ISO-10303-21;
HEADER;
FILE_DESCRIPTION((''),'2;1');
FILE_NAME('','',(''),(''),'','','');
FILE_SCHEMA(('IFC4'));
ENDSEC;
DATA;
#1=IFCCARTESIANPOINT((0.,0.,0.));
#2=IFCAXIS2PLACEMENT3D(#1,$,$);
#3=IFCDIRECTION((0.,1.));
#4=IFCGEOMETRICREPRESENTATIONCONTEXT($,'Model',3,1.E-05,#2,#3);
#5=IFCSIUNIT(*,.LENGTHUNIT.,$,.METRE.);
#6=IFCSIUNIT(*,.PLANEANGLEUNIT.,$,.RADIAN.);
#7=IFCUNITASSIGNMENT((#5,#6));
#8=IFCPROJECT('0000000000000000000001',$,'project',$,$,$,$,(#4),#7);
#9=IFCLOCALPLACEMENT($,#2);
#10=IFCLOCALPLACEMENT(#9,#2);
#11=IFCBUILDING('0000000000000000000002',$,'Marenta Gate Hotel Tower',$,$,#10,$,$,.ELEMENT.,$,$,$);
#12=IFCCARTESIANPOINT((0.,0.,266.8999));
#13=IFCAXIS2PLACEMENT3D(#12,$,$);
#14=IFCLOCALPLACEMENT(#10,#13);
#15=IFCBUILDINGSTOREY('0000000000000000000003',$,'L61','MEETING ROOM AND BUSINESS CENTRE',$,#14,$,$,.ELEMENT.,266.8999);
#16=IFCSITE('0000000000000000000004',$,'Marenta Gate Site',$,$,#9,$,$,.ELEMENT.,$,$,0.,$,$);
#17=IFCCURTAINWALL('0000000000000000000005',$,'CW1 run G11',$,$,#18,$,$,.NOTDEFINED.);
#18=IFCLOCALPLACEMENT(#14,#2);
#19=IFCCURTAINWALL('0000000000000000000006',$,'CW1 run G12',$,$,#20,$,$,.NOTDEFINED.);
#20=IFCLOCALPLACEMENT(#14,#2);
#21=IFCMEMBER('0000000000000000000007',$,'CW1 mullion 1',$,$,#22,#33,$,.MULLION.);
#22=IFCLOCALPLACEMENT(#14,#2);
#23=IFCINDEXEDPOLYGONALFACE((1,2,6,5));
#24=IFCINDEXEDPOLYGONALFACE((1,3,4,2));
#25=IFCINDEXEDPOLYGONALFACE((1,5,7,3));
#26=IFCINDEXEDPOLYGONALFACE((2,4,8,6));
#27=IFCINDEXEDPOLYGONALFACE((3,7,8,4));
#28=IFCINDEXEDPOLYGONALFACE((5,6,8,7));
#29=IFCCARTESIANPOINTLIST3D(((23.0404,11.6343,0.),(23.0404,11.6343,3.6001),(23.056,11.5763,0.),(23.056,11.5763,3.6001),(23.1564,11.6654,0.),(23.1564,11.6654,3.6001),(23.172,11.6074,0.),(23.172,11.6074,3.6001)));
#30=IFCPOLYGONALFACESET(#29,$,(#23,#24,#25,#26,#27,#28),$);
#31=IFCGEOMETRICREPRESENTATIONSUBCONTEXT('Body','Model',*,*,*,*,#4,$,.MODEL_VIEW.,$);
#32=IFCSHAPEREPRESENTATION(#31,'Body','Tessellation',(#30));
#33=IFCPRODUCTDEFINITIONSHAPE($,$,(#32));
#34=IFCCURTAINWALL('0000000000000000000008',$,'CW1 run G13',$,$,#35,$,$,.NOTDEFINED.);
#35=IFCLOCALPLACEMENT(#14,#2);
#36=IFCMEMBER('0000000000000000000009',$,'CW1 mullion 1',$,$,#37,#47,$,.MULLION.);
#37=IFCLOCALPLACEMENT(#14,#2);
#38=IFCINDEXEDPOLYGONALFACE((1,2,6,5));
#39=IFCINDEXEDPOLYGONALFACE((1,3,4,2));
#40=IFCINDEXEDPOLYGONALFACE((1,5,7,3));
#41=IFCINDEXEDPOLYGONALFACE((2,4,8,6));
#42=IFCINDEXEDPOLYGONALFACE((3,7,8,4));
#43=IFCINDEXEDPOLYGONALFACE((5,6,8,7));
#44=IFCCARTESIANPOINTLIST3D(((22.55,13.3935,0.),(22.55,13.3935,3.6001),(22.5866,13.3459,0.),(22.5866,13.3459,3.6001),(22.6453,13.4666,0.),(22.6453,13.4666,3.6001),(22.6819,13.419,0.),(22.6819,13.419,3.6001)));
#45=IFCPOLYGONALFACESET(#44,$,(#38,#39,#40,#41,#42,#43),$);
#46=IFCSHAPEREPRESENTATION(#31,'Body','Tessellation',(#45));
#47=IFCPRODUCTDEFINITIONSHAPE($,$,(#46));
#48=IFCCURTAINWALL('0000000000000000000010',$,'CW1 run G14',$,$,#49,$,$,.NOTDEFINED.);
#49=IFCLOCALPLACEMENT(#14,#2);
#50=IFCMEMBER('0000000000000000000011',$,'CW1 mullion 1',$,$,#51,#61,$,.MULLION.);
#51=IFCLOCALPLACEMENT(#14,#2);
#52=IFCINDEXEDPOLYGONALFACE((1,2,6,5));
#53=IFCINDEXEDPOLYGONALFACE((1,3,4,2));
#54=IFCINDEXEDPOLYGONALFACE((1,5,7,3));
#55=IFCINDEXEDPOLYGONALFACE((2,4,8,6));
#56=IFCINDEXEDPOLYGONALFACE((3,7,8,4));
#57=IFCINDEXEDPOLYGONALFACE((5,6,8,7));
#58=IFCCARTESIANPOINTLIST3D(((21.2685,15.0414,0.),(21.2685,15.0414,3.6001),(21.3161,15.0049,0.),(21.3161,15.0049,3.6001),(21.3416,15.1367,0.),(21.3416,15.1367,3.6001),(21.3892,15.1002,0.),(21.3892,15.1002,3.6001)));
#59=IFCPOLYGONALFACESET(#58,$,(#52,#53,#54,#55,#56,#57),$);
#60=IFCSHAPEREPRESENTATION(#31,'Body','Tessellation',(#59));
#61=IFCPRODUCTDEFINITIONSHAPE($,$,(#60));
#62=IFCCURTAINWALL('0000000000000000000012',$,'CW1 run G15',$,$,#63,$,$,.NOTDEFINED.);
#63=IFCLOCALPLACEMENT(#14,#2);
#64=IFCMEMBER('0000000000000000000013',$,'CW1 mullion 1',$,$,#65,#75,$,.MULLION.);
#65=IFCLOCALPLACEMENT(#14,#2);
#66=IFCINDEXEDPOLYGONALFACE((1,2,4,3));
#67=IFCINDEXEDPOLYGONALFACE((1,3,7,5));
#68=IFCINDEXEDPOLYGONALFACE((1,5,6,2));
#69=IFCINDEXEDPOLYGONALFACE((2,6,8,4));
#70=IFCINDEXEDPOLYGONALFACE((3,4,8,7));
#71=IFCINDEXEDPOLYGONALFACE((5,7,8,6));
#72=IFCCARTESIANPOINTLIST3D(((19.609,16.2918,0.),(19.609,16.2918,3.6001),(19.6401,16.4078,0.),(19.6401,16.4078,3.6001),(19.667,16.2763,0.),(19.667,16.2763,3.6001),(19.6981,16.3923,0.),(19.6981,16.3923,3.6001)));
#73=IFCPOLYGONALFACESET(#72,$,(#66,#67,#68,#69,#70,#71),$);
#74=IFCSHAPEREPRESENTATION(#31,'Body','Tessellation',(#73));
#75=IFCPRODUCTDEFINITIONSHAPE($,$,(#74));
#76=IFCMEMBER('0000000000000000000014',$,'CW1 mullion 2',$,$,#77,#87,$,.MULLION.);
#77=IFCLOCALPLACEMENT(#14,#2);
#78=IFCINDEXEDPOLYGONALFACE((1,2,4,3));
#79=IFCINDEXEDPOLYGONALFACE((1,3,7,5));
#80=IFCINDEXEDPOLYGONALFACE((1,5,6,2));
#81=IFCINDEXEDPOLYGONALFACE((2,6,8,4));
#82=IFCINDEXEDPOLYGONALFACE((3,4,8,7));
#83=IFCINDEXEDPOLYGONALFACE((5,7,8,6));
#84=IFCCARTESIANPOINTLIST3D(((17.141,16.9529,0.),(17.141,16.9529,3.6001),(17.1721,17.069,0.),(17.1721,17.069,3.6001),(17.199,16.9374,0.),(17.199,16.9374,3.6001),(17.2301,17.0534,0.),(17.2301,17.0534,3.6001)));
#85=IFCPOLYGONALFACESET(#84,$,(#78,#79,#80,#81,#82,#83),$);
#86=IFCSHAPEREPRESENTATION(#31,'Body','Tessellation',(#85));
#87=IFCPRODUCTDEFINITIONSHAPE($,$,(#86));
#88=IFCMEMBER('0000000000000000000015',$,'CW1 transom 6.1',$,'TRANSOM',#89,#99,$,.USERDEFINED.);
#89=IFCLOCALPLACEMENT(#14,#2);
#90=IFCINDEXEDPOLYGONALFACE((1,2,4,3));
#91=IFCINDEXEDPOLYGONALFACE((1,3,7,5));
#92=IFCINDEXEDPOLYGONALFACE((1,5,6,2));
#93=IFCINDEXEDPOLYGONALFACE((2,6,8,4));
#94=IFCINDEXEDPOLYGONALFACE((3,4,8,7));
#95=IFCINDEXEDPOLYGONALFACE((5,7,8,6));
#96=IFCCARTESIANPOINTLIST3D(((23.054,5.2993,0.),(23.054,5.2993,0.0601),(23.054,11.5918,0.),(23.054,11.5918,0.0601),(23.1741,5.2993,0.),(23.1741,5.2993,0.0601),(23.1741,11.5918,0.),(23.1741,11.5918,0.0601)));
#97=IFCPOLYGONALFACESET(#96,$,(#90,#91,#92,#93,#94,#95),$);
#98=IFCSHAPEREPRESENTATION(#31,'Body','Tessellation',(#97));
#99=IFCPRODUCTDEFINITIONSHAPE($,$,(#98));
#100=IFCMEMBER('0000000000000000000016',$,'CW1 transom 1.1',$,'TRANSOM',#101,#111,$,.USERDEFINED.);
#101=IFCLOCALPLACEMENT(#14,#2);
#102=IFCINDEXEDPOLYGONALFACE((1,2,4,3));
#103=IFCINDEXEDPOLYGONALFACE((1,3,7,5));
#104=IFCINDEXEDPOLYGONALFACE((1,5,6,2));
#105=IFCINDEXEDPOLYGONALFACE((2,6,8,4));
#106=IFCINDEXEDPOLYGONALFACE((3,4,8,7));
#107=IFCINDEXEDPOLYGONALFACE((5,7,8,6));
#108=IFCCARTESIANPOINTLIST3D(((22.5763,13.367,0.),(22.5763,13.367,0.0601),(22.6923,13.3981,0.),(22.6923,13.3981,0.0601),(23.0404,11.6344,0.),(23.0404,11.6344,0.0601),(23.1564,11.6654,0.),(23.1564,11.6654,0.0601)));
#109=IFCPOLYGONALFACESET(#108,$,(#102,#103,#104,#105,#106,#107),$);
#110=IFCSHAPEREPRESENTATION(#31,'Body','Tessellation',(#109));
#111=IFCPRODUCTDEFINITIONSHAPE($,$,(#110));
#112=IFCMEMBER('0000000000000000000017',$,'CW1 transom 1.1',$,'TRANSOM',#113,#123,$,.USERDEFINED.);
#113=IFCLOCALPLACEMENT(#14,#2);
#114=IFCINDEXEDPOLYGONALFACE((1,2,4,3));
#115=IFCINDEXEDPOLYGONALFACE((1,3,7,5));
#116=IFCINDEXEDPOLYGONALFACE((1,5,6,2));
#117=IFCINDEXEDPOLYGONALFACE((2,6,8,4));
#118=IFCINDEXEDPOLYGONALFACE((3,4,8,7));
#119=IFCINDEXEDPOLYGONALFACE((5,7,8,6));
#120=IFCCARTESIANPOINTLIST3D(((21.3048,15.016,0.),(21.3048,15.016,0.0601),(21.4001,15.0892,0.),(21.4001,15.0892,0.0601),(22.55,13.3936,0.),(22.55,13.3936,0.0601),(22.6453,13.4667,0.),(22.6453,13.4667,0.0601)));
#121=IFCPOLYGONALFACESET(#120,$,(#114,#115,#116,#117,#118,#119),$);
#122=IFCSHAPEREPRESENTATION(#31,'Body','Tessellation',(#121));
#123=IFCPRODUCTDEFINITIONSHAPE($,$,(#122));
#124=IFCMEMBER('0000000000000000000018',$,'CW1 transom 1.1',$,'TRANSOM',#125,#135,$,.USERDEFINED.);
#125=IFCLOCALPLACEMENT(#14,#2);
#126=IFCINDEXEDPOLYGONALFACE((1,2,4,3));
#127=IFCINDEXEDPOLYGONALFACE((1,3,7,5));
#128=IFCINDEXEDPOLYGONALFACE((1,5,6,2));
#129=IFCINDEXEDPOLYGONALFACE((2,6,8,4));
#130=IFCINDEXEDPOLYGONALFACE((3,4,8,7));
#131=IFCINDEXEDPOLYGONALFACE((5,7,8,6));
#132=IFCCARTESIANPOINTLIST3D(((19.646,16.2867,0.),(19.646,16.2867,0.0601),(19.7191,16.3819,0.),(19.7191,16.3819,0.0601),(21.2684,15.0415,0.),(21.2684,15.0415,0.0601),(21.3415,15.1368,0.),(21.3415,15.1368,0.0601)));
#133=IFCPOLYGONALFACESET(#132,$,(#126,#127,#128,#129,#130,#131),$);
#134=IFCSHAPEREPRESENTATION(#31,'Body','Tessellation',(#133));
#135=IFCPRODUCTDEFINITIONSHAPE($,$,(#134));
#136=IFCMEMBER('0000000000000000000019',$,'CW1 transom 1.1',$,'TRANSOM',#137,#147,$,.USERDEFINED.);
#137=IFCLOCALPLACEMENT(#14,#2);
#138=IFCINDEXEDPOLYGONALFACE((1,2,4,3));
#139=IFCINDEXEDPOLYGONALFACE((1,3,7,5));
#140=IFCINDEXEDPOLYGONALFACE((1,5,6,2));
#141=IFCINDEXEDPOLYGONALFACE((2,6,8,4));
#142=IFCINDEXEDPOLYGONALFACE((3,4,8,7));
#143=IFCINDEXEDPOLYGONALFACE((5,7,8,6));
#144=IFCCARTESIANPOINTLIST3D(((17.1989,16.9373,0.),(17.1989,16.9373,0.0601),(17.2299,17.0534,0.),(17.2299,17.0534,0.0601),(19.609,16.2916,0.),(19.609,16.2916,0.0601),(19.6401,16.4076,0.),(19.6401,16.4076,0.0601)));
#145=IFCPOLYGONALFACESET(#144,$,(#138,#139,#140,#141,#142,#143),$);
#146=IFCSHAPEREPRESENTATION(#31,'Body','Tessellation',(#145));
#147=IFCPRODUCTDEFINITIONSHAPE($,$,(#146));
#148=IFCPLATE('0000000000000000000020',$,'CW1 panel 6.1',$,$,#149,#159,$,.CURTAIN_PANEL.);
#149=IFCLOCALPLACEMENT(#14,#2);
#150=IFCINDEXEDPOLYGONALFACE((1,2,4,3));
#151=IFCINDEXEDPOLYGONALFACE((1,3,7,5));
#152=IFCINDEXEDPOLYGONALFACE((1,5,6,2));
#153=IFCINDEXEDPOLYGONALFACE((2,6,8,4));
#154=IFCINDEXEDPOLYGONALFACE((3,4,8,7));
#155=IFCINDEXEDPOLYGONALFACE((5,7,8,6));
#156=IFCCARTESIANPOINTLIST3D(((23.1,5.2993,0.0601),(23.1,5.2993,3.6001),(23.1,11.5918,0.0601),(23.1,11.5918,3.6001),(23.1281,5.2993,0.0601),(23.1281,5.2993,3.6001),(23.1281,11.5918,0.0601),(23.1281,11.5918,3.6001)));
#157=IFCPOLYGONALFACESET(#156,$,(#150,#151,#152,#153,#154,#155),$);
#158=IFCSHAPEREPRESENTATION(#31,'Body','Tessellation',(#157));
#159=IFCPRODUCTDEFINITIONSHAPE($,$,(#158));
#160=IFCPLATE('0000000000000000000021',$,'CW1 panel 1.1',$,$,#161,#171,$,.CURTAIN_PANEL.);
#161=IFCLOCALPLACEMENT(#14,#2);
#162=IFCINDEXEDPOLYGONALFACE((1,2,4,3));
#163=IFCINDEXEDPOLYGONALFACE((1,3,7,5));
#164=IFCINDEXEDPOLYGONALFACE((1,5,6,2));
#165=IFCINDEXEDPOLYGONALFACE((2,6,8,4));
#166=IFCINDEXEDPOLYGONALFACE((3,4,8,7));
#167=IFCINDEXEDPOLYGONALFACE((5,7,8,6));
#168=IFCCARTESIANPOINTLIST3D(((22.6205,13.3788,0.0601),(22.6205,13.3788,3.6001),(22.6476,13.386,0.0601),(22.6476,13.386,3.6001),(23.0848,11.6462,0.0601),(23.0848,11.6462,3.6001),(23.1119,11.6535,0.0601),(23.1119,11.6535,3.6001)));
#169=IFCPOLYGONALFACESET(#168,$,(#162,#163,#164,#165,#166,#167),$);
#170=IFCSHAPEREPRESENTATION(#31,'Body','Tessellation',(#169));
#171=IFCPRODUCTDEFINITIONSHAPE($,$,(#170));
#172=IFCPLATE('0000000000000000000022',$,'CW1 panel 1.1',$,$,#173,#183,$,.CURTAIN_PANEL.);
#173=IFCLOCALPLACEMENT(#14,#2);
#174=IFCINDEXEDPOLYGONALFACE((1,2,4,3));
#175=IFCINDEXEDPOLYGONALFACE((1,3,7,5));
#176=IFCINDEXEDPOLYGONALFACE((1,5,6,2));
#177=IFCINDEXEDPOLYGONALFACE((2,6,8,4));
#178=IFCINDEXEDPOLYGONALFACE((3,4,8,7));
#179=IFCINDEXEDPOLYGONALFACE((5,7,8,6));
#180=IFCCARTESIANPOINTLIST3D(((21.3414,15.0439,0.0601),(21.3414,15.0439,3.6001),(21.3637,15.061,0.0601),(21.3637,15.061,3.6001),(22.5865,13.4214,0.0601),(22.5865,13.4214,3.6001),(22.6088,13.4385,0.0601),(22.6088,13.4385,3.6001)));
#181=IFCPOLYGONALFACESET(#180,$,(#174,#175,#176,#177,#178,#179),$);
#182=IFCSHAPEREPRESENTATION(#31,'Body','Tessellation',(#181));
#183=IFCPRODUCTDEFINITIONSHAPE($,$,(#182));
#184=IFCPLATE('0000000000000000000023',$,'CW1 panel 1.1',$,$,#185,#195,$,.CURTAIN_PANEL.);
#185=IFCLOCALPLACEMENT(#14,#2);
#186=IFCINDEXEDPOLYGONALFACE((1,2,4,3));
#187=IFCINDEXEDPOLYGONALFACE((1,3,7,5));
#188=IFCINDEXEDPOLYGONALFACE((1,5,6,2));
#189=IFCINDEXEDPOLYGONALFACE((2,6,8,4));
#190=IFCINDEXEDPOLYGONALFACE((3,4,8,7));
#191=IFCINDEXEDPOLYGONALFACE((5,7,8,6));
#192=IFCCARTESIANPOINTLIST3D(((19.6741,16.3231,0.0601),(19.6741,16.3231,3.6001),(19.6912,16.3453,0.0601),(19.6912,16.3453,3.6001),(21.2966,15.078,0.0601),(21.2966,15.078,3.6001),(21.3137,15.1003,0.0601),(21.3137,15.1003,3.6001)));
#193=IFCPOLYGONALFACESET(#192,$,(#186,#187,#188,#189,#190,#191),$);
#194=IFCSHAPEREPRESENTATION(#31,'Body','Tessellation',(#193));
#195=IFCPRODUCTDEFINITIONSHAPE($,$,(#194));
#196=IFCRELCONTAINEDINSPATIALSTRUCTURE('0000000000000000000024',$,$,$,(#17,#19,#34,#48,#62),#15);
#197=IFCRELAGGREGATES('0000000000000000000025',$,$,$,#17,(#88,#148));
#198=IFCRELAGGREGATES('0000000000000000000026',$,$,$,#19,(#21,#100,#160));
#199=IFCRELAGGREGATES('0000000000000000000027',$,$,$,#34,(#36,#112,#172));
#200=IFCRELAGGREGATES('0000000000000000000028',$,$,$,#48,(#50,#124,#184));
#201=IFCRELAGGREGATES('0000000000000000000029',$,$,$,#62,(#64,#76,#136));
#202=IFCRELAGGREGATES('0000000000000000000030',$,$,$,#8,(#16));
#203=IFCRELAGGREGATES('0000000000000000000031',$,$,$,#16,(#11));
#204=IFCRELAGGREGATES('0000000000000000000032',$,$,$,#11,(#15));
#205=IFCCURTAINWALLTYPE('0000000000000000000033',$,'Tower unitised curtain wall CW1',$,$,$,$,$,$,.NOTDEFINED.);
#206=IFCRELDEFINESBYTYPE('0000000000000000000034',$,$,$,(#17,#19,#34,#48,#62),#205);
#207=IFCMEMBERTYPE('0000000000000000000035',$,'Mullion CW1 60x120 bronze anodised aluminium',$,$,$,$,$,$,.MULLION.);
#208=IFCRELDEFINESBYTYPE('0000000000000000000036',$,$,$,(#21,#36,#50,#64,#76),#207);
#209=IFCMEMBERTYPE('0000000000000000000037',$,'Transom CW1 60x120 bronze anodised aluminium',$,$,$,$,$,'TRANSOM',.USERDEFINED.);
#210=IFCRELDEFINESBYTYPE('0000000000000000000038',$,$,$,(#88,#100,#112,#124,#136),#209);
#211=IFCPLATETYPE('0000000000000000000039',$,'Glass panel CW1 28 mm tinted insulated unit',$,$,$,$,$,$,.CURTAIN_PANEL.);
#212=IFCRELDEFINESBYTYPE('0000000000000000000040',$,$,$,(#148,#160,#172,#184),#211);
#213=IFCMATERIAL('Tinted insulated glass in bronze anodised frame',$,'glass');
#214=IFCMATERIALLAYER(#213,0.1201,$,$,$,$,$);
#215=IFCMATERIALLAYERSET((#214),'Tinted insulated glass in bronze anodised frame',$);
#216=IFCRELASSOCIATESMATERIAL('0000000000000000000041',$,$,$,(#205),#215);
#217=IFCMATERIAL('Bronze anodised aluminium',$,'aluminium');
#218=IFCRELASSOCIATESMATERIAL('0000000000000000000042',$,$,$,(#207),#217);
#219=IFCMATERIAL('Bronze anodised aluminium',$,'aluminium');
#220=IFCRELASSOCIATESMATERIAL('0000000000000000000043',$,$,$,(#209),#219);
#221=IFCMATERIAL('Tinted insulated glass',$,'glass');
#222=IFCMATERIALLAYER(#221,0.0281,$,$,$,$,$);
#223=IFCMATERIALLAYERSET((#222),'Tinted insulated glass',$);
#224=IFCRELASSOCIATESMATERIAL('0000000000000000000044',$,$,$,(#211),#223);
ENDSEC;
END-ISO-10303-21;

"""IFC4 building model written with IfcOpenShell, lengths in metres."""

from ifc_helpers import new_model, si_unit, direction, frame, origin, origin_2d, place, context, subcontext, project, spatial, rectangle, extrude, material, layer, layer_set, material_profile, profile_set, type_object, element, aggregate, save


model = new_model("IFC4")

# Units and contexts
model_context = context("Model", 3, precision=1e-05, world=origin(), true_north=direction((0.0, 1.0)))
body_context = subcontext(model_context, "Body", "Model", "MODEL_VIEW")
ifc_project = project(units=[si_unit("LENGTHUNIT", "METRE"), si_unit("PLANEANGLEUNIT", "RADIAN")], contexts=[model_context])

# Site, building, storey
site_placement = place(None, origin())
site = spatial("IfcSite", under=ifc_project, at=site_placement, Name="Marenta Gate Site", CompositionType="ELEMENT", RefElevation=0.0)
building_placement = place(site_placement, origin())
building = spatial("IfcBuilding", under=site, at=building_placement, Name="Marenta Gate Hotel Tower", CompositionType="ELEMENT")
storey_placement = place(building_placement, frame((0.0, 0.0, 266.8999)))
storey = spatial("IfcBuildingStorey", under=building, at=storey_placement, Name="L61", Description="MEETING ROOM AND BUSINESS CENTRE", CompositionType="ELEMENT", Elevation=266.8999)

# Curtain walls, members
ifc_material_1 = material(Name="Tinted insulated glass in bronze anodised frame", Category="glass")
ifc_layer_1 = layer(ifc_material_1, 0.1201)
ifc_layer_set_1 = layer_set([ifc_layer_1], Name="Tinted insulated glass in bronze anodised frame")
curtain_wall_type = type_object("IfcCurtainWallType", Name="Tower unitised curtain wall CW1", PredefinedType="NOTDEFINED", material=ifc_layer_set_1)
curtain_wall_1_placement = place(storey_placement, origin())
curtain_wall_1 = element("IfcCurtainWall", 1, at=curtain_wall_1_placement, inside=storey, type_object=curtain_wall_type, Name="CW1 run G11", PredefinedType="NOTDEFINED")
ifc_material_2 = material(Name="Bronze anodised aluminium", Category="aluminium")
ifc_material_profile_1 = material_profile(ifc_material_2, rectangle(XDim=0.1201, YDim=0.0601, at=origin_2d()), Name="Mullion CW1 60x120 bronze anodised aluminium")
ifc_profile_set_1 = profile_set([ifc_material_profile_1], Name="Bronze anodised aluminium")
member_type_1 = type_object("IfcMemberType", Name="Mullion CW1 60x120 bronze anodised aluminium", PredefinedType="MULLION", material=ifc_profile_set_1)
curtain_wall_2_placement = place(storey_placement, origin())
curtain_wall_2 = element("IfcCurtainWall", 2, at=curtain_wall_2_placement, inside=storey, type_object=curtain_wall_type, Name="CW1 run G12", PredefinedType="NOTDEFINED")
member_1_placement = place(storey_placement, frame((23.1062, 11.6208, 0.0), z_axis=(0.0, 0.0, 1.0), x_axis=(-0.965924, -0.258824, 0.0)))
member_1 = element("IfcMember", 3, at=member_1_placement, type_object=member_type_1, Name="CW1 mullion 1", PredefinedType="MULLION", context=body_context, shape_type="SweptSolid", body=[
    extrude(rectangle(XDim=0.1201, YDim=0.0601, at=origin_2d()), origin(), (0.0, 0.0, 1.0), 3.6001),
])
curtain_wall_3_placement = place(storey_placement, origin())
curtain_wall_3 = element("IfcCurtainWall", 4, at=curtain_wall_3_placement, inside=storey, type_object=curtain_wall_type, Name="CW1 run G13", PredefinedType="NOTDEFINED")
member_2_placement = place(storey_placement, frame((22.616, 13.4062, 0.0), z_axis=(0.0, 0.0, 1.0), x_axis=(-0.793333, -0.608787, 0.0)))
member_2 = element("IfcMember", 5, at=member_2_placement, type_object=member_type_1, Name="CW1 mullion 1", PredefinedType="MULLION", context=body_context, shape_type="SweptSolid", body=[
    extrude(rectangle(XDim=0.1201, YDim=0.0601, at=origin_2d()), origin(), (0.0, 0.0, 1.0), 3.6001),
])
curtain_wall_4_placement = place(storey_placement, origin())
curtain_wall_4 = element("IfcCurtainWall", 6, at=curtain_wall_4_placement, inside=storey, type_object=curtain_wall_type, Name="CW1 run G14", PredefinedType="NOTDEFINED")
member_3_placement = place(storey_placement, frame((21.3289, 15.0708, 0.0), z_axis=(0.0, 0.0, 1.0), x_axis=(-0.608787, -0.793333, 0.0)))
member_3 = element("IfcMember", 7, at=member_3_placement, type_object=member_type_1, Name="CW1 mullion 1", PredefinedType="MULLION", context=body_context, shape_type="SweptSolid", body=[
    extrude(rectangle(XDim=0.1201, YDim=0.0601, at=origin_2d()), origin(), (0.0, 0.0, 1.0), 3.6001),
])

# Curtain wall, members
curtain_wall_5_placement = place(storey_placement, origin())
curtain_wall_5 = element("IfcCurtainWall", 8, at=curtain_wall_5_placement, inside=storey, type_object=curtain_wall_type, Name="CW1 run G15", PredefinedType="NOTDEFINED")
member_4_placement = place(storey_placement, frame((19.6536, 16.342, 0.0), z_axis=(0.0, 0.0, 1.0), x_axis=(-0.258805, -0.96593, 0.0)))
member_4 = element("IfcMember", 9, at=member_4_placement, type_object=member_type_1, Name="CW1 mullion 1", PredefinedType="MULLION", context=body_context, shape_type="SweptSolid", body=[
    extrude(rectangle(XDim=0.1201, YDim=0.0601, at=origin_2d()), origin(), (0.0, 0.0, 1.0), 3.6001),
])
member_5_placement = place(storey_placement, frame((17.1855, 17.0032, 0.0), z_axis=(0.0, 0.0, 1.0), x_axis=(-0.258805, -0.96593, 0.0)))
member_5 = element("IfcMember", 10, at=member_5_placement, type_object=member_type_1, Name="CW1 mullion 2", PredefinedType="MULLION", context=body_context, shape_type="SweptSolid", body=[
    extrude(rectangle(XDim=0.1201, YDim=0.0601, at=origin_2d()), origin(), (0.0, 0.0, 1.0), 3.6001),
])

# Members
ifc_material_3 = material(Name="Bronze anodised aluminium", Category="aluminium")
ifc_material_profile_2 = material_profile(ifc_material_3, rectangle(XDim=0.1201, YDim=0.0601, at=origin_2d()), Name="Transom CW1 60x120 bronze anodised aluminium")
ifc_profile_set_2 = profile_set([ifc_material_profile_2], Name="Bronze anodised aluminium")
member_type_2 = type_object("IfcMemberType", Name="Transom CW1 60x120 bronze anodised aluminium", ElementType="TRANSOM", PredefinedType="USERDEFINED", material=ifc_profile_set_2)
member_6_placement = place(storey_placement, frame((23.114, 5.2993, 0.03), z_axis=(0.0, 1.0, 0.0), x_axis=(-1.0, 0.0, 0.0)))
member_6 = element("IfcMember", 11, at=member_6_placement, type_object=member_type_2, Name="CW1 transom 6.1", ObjectType="TRANSOM", PredefinedType="USERDEFINED", context=body_context, shape_type="SweptSolid", body=[
    extrude(rectangle(XDim=0.1201, YDim=0.0601, at=origin_2d()), origin(), (0.0, 0.0, 1.0), 6.2925),
])
member_7_placement = place(storey_placement, frame((23.0984, 11.6499, 0.03), z_axis=(-0.258738, 0.965947, 0.0), x_axis=(-0.965947, -0.258738, 0.0)))
member_7 = element("IfcMember", 12, at=member_7_placement, type_object=member_type_2, Name="CW1 transom 1.1", ObjectType="TRANSOM", PredefinedType="USERDEFINED", context=body_context, shape_type="SweptSolid", body=[
    extrude(rectangle(XDim=0.1201, YDim=0.0601, at=origin_2d()), origin(), (0.0, 0.0, 1.0), 1.7937),
])
member_8_placement = place(storey_placement, frame((22.5977, 13.4302, 0.03), z_axis=(-0.608845, 0.793289, 0.0), x_axis=(-0.793289, -0.608845, 0.0)))
member_8 = element("IfcMember", 13, at=member_8_placement, type_object=member_type_2, Name="CW1 transom 1.1", ObjectType="TRANSOM", PredefinedType="USERDEFINED", context=body_context, shape_type="SweptSolid", body=[
    extrude(rectangle(XDim=0.1201, YDim=0.0601, at=origin_2d()), origin(), (0.0, 0.0, 1.0), 2.0452),
])
member_9_placement = place(storey_placement, frame((21.3049, 15.0891, 0.03), z_axis=(-0.793289, 0.608845, 0.0), x_axis=(-0.608845, -0.793289, 0.0)))
member_9 = element("IfcMember", 14, at=member_9_placement, type_object=member_type_2, Name="CW1 transom 1.1", ObjectType="TRANSOM", PredefinedType="USERDEFINED", context=body_context, shape_type="SweptSolid", body=[
    extrude(rectangle(XDim=0.1201, YDim=0.0601, at=origin_2d()), origin(), (0.0, 0.0, 1.0), 2.0452),
])
member_10_placement = place(storey_placement, frame((19.6245, 16.3496, 0.03), z_axis=(-0.965931, 0.258801, 0.0), x_axis=(-0.258801, -0.965931, 0.0)))
member_10 = element("IfcMember", 15, at=member_10_placement, type_object=member_type_2, Name="CW1 transom 1.1", ObjectType="TRANSOM", PredefinedType="USERDEFINED", context=body_context, shape_type="SweptSolid", body=[
    extrude(rectangle(XDim=0.1201, YDim=0.0601, at=origin_2d()), origin(), (0.0, 0.0, 1.0), 2.4951),
])

# Plates
ifc_material_4 = material(Name="Tinted insulated glass", Category="glass")
ifc_layer_2 = layer(ifc_material_4, 0.0281)
ifc_layer_set_2 = layer_set([ifc_layer_2], Name="Tinted insulated glass")
plate_type = type_object("IfcPlateType", Name="Glass panel CW1 28 mm tinted insulated unit", PredefinedType="CURTAIN_PANEL", material=ifc_layer_set_2)
plate_1_placement = place(storey_placement, frame((23.114, 8.4456, 0.0601), z_axis=(0.0, 0.0, 1.0), x_axis=(0.0, 1.0, 0.0)))
plate_1 = element("IfcPlate", 16, at=plate_1_placement, type_object=plate_type, Name="CW1 panel 6.1", PredefinedType="CURTAIN_PANEL", context=body_context, shape_type="SweptSolid", body=[
    extrude(rectangle(XDim=6.2925, YDim=0.0281, at=origin_2d()), origin(), (0.0, 0.0, 1.0), 3.54),
])
aggregate(curtain_wall_1, [member_6, plate_1])
plate_2_placement = place(storey_placement, frame((22.8662, 12.5161, 0.0601), z_axis=(0.0, 0.0, 1.0), x_axis=(-0.258824, 0.965924, 0.0)))
plate_2 = element("IfcPlate", 17, at=plate_2_placement, type_object=plate_type, Name="CW1 panel 1.1", PredefinedType="CURTAIN_PANEL", context=body_context, shape_type="SweptSolid", body=[
    extrude(rectangle(XDim=1.7937, YDim=0.0281, at=origin_2d()), origin(), (0.0, 0.0, 1.0), 3.54),
])
aggregate(curtain_wall_2, [member_1, member_7, plate_2])
plate_3_placement = place(storey_placement, frame((21.9751, 14.2412, 0.0601), z_axis=(0.0, 0.0, 1.0), x_axis=(-0.608787, 0.793333, 0.0)))
plate_3 = element("IfcPlate", 18, at=plate_3_placement, type_object=plate_type, Name="CW1 panel 1.1", PredefinedType="CURTAIN_PANEL", context=body_context, shape_type="SweptSolid", body=[
    extrude(rectangle(XDim=2.0452, YDim=0.0281, at=origin_2d()), origin(), (0.0, 0.0, 1.0), 3.54),
])
aggregate(curtain_wall_3, [member_2, member_8, plate_3])
plate_4_placement = place(storey_placement, frame((20.4939, 15.7117, 0.0601), z_axis=(0.0, 0.0, 1.0), x_axis=(-0.793333, 0.608787, 0.0)))
plate_4 = element("IfcPlate", 19, at=plate_4_placement, type_object=plate_type, Name="CW1 panel 1.1", PredefinedType="CURTAIN_PANEL", context=body_context, shape_type="SweptSolid", body=[
    extrude(rectangle(XDim=2.0452, YDim=0.0281, at=origin_2d()), origin(), (0.0, 0.0, 1.0), 3.54),
])
aggregate(curtain_wall_4, [member_3, member_9, plate_4])
aggregate(curtain_wall_5, [member_4, member_5, member_10])

save(model, "model.ifc")
